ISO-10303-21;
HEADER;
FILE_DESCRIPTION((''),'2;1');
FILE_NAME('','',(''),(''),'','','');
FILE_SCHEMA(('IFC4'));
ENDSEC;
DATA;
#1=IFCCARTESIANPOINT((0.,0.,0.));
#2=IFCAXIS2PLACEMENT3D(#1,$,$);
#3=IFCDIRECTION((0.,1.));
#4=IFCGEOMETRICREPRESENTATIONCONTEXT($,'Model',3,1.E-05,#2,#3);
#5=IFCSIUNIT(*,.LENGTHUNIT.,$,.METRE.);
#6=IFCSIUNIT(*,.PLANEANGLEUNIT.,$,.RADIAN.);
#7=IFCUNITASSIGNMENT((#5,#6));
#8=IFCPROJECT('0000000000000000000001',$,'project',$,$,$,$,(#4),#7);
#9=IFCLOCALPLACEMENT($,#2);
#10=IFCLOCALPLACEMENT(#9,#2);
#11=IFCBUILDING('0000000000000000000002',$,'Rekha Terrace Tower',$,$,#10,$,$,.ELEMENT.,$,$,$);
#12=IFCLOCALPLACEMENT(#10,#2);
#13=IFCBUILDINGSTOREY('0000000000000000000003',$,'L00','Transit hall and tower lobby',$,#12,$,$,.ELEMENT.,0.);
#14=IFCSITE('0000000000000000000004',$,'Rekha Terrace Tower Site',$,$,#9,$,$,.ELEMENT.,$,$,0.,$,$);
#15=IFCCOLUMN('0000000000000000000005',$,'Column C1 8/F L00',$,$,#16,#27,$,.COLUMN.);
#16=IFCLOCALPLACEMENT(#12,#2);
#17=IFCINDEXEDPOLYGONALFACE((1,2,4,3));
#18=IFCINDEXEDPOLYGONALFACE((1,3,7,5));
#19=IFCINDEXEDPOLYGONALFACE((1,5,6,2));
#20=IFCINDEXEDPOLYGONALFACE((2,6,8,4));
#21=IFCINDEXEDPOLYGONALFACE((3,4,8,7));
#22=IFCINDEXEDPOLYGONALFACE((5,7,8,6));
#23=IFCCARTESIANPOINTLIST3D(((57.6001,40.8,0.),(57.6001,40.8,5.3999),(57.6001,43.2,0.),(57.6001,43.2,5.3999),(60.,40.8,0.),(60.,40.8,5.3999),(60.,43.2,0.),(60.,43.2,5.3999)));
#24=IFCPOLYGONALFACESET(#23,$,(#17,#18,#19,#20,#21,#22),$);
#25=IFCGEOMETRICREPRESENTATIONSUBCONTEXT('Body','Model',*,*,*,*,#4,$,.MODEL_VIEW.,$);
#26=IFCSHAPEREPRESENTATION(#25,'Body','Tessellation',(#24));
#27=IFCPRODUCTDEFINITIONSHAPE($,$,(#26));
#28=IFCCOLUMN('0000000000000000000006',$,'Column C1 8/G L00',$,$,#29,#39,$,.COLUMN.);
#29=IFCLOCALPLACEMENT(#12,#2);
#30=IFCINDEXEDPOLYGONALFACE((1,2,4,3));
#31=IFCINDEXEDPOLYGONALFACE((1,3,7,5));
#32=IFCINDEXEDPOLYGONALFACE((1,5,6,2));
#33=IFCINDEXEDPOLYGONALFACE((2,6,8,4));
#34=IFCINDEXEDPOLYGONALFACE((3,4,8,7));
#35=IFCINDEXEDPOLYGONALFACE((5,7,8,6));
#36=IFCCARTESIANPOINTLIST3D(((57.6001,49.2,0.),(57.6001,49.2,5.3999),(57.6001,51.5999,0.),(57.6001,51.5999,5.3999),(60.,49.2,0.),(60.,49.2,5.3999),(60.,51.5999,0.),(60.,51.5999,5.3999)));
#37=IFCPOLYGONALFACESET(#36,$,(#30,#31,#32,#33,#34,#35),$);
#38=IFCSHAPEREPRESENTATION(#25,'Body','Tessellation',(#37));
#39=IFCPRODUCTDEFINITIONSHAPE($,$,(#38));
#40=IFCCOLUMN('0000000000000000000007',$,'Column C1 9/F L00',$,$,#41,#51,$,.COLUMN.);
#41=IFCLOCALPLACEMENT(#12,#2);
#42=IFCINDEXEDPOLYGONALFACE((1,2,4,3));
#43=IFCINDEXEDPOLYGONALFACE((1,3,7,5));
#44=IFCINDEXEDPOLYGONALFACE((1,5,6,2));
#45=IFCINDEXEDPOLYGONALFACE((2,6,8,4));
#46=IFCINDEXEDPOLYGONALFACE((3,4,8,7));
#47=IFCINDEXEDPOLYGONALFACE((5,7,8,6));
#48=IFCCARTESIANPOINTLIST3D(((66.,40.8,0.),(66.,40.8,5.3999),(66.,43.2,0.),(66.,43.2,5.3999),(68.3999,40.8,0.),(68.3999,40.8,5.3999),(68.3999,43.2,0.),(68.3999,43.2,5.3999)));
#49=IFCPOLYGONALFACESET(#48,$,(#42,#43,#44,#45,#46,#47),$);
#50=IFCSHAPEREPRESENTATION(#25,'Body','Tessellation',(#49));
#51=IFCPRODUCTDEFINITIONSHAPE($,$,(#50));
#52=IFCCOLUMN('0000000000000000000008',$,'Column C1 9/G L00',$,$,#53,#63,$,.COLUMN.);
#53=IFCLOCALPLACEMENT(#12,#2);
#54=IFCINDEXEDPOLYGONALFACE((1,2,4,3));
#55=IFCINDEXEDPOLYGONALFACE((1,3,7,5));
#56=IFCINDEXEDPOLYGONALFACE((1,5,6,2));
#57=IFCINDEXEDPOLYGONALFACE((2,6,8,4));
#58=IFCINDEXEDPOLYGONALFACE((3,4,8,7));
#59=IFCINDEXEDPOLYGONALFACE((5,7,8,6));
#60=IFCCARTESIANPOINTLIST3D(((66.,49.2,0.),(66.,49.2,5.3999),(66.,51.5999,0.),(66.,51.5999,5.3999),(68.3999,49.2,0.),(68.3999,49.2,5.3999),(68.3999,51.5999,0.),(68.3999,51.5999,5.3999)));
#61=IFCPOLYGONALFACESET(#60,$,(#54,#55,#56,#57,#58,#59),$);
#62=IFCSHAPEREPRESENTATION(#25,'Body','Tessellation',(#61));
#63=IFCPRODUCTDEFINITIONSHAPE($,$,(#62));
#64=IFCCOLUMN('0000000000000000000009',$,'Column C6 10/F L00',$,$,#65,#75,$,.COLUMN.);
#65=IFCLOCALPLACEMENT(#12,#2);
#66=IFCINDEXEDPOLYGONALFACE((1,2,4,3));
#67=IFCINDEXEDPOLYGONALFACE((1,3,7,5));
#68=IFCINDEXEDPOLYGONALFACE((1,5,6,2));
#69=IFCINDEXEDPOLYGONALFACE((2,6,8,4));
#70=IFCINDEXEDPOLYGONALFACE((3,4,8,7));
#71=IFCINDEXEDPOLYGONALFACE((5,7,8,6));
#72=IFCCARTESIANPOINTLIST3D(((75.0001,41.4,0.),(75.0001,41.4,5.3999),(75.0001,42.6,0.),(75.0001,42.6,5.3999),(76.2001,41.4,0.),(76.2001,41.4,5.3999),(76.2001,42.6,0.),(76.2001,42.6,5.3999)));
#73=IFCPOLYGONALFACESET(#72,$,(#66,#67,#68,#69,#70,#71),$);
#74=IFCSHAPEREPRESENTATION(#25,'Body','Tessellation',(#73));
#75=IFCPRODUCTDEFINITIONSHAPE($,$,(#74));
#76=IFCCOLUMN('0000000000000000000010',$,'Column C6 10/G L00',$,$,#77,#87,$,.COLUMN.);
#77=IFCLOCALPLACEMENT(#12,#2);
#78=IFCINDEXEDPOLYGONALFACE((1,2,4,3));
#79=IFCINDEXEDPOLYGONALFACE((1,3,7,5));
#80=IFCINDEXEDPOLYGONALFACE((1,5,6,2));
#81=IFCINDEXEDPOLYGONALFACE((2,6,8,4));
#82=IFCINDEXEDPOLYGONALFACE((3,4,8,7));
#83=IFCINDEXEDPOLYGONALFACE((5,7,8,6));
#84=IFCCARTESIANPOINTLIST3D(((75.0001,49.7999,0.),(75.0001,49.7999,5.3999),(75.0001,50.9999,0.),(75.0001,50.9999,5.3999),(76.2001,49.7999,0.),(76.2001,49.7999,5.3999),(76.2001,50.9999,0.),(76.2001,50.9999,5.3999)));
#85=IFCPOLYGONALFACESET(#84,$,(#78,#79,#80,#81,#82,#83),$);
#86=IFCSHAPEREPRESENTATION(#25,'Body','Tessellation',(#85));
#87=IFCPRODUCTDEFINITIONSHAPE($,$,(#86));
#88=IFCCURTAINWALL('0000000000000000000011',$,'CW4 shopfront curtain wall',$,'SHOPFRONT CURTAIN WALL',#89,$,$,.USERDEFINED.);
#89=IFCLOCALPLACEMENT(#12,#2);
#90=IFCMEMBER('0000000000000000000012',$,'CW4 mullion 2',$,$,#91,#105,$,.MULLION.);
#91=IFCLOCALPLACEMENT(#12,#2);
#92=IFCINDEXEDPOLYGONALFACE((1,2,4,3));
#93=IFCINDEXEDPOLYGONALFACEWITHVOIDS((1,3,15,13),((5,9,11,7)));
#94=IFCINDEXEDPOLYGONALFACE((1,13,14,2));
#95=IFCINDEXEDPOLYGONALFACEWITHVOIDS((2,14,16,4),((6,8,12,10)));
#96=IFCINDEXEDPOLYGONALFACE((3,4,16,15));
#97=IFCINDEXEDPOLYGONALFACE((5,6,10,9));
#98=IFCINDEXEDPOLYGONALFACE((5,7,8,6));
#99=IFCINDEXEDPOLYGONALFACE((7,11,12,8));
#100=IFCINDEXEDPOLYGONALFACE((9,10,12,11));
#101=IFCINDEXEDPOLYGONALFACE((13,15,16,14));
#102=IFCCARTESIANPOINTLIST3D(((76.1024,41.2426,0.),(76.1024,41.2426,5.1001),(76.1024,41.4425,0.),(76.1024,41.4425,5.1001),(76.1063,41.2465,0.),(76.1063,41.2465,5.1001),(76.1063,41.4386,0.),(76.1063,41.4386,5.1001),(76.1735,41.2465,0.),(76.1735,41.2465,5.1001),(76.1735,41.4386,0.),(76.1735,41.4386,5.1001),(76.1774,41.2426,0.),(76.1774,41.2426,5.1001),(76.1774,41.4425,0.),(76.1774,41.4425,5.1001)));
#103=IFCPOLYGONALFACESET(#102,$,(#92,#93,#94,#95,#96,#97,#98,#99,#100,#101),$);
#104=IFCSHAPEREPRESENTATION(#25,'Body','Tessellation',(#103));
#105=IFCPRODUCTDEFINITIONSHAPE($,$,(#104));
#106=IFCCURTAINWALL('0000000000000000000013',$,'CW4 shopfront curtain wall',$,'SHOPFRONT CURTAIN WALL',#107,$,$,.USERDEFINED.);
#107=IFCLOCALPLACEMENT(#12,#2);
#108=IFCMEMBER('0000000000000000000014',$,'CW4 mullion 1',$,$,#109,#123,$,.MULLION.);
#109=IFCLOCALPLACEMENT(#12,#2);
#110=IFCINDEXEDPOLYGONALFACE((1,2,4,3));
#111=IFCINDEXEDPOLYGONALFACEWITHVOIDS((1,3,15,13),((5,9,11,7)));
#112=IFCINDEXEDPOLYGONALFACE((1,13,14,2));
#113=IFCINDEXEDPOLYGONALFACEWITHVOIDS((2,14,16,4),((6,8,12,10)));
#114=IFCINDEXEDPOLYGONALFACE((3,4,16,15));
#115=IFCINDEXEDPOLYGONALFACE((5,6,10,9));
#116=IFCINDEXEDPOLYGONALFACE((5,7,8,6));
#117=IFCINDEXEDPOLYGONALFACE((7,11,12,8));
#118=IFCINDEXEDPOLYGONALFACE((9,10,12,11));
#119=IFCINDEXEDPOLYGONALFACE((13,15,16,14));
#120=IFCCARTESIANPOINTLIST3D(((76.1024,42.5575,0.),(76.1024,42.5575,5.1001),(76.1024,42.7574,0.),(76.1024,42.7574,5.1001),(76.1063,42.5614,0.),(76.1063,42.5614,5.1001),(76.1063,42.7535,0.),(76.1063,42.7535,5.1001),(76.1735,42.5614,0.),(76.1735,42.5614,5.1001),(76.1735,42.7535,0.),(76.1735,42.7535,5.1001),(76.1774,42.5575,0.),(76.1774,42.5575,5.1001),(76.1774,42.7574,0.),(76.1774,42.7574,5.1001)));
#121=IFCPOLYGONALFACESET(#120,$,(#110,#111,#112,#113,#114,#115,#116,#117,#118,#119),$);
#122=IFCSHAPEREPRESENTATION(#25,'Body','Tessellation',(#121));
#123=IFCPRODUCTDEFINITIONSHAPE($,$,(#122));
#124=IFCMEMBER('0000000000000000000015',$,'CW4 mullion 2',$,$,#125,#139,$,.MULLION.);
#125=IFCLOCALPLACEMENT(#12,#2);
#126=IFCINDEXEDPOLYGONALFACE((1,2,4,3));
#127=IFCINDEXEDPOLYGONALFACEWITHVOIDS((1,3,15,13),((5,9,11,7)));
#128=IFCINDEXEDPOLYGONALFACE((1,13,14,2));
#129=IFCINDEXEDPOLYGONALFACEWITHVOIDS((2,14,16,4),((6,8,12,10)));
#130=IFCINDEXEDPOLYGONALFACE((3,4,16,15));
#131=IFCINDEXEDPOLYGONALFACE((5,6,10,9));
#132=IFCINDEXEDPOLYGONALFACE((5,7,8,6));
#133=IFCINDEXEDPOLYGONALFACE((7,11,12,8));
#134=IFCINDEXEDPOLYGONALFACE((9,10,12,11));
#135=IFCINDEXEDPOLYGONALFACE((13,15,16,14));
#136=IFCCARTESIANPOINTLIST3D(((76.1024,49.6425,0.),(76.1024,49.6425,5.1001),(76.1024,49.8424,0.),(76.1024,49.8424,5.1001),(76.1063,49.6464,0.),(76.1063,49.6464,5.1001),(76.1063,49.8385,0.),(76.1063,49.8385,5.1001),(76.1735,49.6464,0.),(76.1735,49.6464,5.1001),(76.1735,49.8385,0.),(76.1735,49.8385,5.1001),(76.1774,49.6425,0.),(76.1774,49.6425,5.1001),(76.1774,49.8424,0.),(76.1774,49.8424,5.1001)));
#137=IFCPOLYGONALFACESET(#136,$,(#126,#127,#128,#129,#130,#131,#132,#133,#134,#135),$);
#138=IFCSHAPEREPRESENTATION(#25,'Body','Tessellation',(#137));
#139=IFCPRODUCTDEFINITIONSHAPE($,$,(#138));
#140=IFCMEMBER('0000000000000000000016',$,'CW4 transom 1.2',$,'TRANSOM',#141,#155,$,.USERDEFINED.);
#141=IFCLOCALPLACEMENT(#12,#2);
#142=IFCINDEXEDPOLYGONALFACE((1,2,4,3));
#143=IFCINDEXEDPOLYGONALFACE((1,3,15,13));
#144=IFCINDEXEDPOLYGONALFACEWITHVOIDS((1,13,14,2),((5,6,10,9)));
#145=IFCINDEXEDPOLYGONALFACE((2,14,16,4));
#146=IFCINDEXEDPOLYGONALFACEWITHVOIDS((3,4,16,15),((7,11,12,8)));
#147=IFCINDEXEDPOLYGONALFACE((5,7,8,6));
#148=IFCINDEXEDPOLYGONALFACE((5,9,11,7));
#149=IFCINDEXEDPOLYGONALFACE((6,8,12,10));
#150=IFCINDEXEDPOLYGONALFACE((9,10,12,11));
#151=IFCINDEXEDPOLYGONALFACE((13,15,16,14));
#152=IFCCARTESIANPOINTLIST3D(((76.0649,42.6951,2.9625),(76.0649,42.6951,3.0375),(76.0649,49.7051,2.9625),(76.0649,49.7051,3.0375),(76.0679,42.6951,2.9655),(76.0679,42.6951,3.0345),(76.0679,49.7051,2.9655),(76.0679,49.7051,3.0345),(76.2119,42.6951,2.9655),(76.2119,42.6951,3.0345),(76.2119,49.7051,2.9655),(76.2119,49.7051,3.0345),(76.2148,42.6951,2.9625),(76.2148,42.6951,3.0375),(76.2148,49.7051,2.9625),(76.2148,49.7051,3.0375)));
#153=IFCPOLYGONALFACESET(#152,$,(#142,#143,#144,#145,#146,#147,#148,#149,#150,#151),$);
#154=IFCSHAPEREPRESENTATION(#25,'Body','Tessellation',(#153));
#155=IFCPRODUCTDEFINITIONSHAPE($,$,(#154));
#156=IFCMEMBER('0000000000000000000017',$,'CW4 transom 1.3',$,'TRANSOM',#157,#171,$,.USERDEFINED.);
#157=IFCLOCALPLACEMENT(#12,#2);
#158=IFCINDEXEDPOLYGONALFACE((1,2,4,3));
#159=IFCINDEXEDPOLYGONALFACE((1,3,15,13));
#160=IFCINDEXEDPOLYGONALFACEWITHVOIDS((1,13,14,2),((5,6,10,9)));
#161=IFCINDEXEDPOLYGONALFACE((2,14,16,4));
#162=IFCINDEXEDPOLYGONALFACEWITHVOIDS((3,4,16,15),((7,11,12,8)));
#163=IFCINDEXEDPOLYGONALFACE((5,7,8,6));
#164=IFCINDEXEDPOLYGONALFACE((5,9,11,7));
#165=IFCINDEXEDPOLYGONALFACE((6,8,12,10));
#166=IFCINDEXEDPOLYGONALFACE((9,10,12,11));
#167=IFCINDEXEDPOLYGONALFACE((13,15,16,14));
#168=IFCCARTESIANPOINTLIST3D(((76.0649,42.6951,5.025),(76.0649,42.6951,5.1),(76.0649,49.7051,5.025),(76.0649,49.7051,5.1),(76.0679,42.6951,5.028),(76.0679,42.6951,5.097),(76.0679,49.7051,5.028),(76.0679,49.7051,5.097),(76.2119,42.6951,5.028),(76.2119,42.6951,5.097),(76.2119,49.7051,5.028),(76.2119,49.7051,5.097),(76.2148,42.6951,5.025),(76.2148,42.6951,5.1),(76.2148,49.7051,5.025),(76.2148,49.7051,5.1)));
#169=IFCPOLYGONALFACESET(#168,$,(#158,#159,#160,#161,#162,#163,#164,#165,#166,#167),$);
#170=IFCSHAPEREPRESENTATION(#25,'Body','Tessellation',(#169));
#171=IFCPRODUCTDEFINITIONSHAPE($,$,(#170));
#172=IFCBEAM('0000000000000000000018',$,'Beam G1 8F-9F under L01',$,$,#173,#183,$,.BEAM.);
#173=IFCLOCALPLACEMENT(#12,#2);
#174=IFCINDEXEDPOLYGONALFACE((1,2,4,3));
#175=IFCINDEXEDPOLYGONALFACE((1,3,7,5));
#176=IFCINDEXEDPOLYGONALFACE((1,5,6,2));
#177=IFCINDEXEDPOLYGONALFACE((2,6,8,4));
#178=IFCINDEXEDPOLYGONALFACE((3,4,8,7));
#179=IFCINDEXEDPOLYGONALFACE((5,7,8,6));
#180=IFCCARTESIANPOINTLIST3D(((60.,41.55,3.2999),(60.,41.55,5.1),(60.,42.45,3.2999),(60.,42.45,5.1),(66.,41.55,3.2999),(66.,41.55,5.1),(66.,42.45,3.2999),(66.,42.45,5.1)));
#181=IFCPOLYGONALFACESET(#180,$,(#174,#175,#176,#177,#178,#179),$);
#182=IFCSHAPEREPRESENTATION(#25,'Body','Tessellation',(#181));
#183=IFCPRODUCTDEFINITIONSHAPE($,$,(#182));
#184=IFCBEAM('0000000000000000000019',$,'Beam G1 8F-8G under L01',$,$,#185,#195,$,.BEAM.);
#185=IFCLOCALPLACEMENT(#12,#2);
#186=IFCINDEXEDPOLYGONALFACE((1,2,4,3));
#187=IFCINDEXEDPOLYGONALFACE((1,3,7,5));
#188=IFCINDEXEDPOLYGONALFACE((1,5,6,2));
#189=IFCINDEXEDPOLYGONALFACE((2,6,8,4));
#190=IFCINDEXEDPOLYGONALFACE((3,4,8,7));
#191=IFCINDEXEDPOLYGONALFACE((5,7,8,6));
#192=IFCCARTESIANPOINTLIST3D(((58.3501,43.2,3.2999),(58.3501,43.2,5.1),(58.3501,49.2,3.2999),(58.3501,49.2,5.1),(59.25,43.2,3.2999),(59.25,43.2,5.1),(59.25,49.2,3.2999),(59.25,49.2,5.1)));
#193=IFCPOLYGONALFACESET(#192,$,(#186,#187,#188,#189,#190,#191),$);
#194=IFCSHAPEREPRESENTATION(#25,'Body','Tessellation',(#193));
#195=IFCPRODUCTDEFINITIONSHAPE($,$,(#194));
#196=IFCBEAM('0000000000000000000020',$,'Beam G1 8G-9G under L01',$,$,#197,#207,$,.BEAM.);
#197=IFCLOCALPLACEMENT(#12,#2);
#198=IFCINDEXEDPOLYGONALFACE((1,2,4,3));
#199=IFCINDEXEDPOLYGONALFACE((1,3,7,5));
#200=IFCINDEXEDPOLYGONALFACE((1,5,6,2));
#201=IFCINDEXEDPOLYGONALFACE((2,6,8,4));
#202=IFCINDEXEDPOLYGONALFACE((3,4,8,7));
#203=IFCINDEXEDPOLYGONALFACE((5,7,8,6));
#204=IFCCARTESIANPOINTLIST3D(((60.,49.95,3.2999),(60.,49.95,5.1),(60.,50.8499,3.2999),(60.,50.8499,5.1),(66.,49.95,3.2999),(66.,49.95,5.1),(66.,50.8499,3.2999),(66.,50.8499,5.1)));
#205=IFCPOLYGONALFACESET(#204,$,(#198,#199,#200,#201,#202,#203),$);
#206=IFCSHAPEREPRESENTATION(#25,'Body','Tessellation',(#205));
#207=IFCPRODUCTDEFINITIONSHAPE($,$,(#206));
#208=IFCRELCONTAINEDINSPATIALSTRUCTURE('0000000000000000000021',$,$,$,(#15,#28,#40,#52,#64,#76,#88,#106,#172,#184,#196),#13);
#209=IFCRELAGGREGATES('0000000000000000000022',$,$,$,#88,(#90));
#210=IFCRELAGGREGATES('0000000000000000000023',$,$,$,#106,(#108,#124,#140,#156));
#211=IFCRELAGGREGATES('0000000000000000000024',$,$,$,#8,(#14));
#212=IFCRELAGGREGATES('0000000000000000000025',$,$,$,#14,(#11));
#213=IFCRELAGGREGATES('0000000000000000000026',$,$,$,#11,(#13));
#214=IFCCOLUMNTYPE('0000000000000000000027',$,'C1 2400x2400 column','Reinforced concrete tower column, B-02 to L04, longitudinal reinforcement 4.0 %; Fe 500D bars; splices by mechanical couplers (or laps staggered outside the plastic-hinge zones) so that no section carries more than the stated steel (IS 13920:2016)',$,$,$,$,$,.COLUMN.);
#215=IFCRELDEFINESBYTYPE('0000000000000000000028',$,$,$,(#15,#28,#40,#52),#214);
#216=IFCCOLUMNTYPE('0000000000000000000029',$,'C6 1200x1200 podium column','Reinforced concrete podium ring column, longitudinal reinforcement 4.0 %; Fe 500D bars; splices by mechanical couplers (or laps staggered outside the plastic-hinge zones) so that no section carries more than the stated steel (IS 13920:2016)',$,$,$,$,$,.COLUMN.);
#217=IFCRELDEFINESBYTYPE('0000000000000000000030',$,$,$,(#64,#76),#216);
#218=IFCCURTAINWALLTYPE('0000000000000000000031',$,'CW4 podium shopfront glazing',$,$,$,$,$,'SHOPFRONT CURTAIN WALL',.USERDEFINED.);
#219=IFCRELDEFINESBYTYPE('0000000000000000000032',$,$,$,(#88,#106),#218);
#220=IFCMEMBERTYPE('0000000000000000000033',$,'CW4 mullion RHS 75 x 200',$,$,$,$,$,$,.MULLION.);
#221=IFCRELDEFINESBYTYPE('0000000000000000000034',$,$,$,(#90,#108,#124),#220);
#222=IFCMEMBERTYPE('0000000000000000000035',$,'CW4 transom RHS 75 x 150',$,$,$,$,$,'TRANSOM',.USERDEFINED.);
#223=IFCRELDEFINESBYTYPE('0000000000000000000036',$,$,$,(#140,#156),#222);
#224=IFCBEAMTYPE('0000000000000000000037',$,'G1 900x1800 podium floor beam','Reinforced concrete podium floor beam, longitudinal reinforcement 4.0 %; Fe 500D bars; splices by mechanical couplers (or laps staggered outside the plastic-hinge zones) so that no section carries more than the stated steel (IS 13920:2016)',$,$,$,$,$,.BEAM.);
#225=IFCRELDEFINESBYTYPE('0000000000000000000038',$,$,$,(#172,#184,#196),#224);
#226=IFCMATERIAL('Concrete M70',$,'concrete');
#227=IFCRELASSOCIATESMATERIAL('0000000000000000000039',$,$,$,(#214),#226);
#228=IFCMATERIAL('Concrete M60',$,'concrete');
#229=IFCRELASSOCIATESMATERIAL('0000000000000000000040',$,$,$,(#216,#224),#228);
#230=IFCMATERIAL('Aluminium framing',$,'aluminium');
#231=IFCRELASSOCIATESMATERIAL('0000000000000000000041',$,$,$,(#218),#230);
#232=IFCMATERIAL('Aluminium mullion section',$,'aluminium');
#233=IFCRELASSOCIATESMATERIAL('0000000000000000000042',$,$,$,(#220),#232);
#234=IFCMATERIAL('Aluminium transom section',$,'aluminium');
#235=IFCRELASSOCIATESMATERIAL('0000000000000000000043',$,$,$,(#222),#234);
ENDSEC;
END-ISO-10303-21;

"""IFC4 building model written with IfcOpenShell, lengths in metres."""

from ifc_helpers import new_model, si_unit, direction, frame, origin, origin_2d, place, context, subcontext, project, spatial, rectangle, hollow_rectangle, extrude, material, material_profile, profile_set, type_object, element, aggregate, save


model = new_model("IFC4")

# Units and contexts
model_context = context("Model", 3, precision=1e-05, world=origin(), true_north=direction((0.0, 1.0)))
body_context = subcontext(model_context, "Body", "Model", "MODEL_VIEW")
ifc_project = project(units=[si_unit("LENGTHUNIT", "METRE"), si_unit("PLANEANGLEUNIT", "RADIAN")], contexts=[model_context])

# Site, building, storey
site_placement = place(None, origin())
site = spatial("IfcSite", under=ifc_project, at=site_placement, Name="Rekha Terrace Tower Site", CompositionType="ELEMENT", RefElevation=0.0)
building_placement = place(site_placement, origin())
building = spatial("IfcBuilding", under=site, at=building_placement, Name="Rekha Terrace Tower", CompositionType="ELEMENT")
storey_placement = place(building_placement, origin())
storey = spatial("IfcBuildingStorey", under=building, at=storey_placement, Name="L00", Description="Transit hall and tower lobby", CompositionType="ELEMENT", Elevation=0.0)

# Columns
ifc_material_1 = material(Name="Concrete M70", Category="concrete")
ifc_material_profile_1 = material_profile(ifc_material_1, rectangle(XDim=2.3999, YDim=2.3999, at=origin_2d()), Name="RC 2400x2400")
ifc_profile_set_1 = profile_set([ifc_material_profile_1], Name="Concrete M70")
column_type_1 = type_object("IfcColumnType", Name="C1 2400x2400 column", Description="Reinforced concrete tower column, B-02 to L04, longitudinal reinforcement 4.0 %; Fe 500D bars; splices by mechanical couplers (or laps staggered outside the plastic-hinge zones) so that no section carries more than the stated steel (IS 13920:2016)", PredefinedType="COLUMN", material=ifc_profile_set_1)
for number, where, z_axis, x_axis, name in (
    (1, (58.8, 42.0, 0.0), (0.0, 0.0, 1.0), (1.0, 0.0, 0.0), "Column C1 8/F L00"),
    (2, (58.8, 50.3999, 0.0), (0.0, 0.0, 1.0), (1.0, 0.0, 0.0), "Column C1 8/G L00"),
    (3, (67.2, 42.0, 0.0), (0.0, 0.0, 1.0), (1.0, 0.0, 0.0), "Column C1 9/F L00"),
    (4, (67.2, 50.3999, 0.0), (0.0, 0.0, 1.0), (1.0, 0.0, 0.0), "Column C1 9/G L00"),
):
    element("IfcColumn", number, at=place(storey_placement, frame(where, z_axis=z_axis, x_axis=x_axis)), inside=storey, type_object=column_type_1, Name=name, PredefinedType="COLUMN", context=body_context, shape_type="SweptSolid", body=[
        extrude(rectangle(XDim=2.3999, YDim=2.3999, at=origin_2d()), origin(), (0.0, 0.0, 1.0), 5.3999),
    ])
ifc_material_2 = material(Name="Concrete M60", Category="concrete")
ifc_material_profile_2 = material_profile(ifc_material_2, rectangle(XDim=1.2, YDim=1.2, at=origin_2d()), Name="RC 1200x1200")
ifc_profile_set_2 = profile_set([ifc_material_profile_2], Name="Concrete M60")
column_type_2 = type_object("IfcColumnType", Name="C6 1200x1200 podium column", Description="Reinforced concrete podium ring column, longitudinal reinforcement 4.0 %; Fe 500D bars; splices by mechanical couplers (or laps staggered outside the plastic-hinge zones) so that no section carries more than the stated steel (IS 13920:2016)", PredefinedType="COLUMN", material=ifc_profile_set_2)
for number, where, z_axis, x_axis, name in (
    (5, (75.6001, 42.0, 0.0), (0.0, 0.0, 1.0), (1.0, 0.0, 0.0), "Column C6 10/F L00"),
    (6, (75.6001, 50.3999, 0.0), (0.0, 0.0, 1.0), (1.0, 0.0, 0.0), "Column C6 10/G L00"),
):
    element("IfcColumn", number, at=place(storey_placement, frame(where, z_axis=z_axis, x_axis=x_axis)), inside=storey, type_object=column_type_2, Name=name, PredefinedType="COLUMN", context=body_context, shape_type="SweptSolid", body=[
        extrude(rectangle(XDim=1.2, YDim=1.2, at=origin_2d()), origin(), (0.0, 0.0, 1.0), 5.3999),
    ])

# Curtain wall, member
ifc_material_3 = material(Name="Aluminium framing", Category="aluminium")
curtain_wall_type = type_object("IfcCurtainWallType", Name="CW4 podium shopfront glazing", ElementType="SHOPFRONT CURTAIN WALL", PredefinedType="USERDEFINED", material=ifc_material_3)
curtain_wall_1_placement = place(storey_placement, origin())
curtain_wall_1 = element("IfcCurtainWall", 7, at=curtain_wall_1_placement, inside=storey, type_object=curtain_wall_type, Name="CW4 shopfront curtain wall", ObjectType="SHOPFRONT CURTAIN WALL", PredefinedType="USERDEFINED")
ifc_material_4 = material(Name="Aluminium mullion section", Category="aluminium")
ifc_material_profile_3 = material_profile(ifc_material_4, hollow_rectangle(XDim=0.075, YDim=0.2, WallThickness=0.0039, at=origin_2d()), Name="AL RHS 75x200")
ifc_profile_set_3 = profile_set([ifc_material_profile_3], Name="Aluminium mullion section")
member_type_1 = type_object("IfcMemberType", Name="CW4 mullion RHS 75 x 200", PredefinedType="MULLION", material=ifc_profile_set_3)
member_1_placement = place(storey_placement, frame((76.1399, 41.3425, 0.0), z_axis=(0.0, 0.0, 1.0), x_axis=(-1.0, 0.0, 0.0)))
member_1 = element("IfcMember", 8, at=member_1_placement, type_object=member_type_1, Name="CW4 mullion 2", PredefinedType="MULLION", context=body_context, shape_type="SweptSolid", body=[
    extrude(hollow_rectangle(XDim=0.075, YDim=0.2, WallThickness=0.0039, at=origin_2d()), origin(), (0.0, 0.0, 1.0), 5.1001),
])
aggregate(curtain_wall_1, [member_1])

# Curtain wall, members
curtain_wall_2_placement = place(storey_placement, origin())
curtain_wall_2 = element("IfcCurtainWall", 9, at=curtain_wall_2_placement, inside=storey, type_object=curtain_wall_type, Name="CW4 shopfront curtain wall", ObjectType="SHOPFRONT CURTAIN WALL", PredefinedType="USERDEFINED")
member_2_placement = place(storey_placement, frame((76.1399, 42.6575, 0.0), z_axis=(0.0, 0.0, 1.0), x_axis=(-1.0, 0.0, 0.0)))
member_2 = element("IfcMember", 10, at=member_2_placement, type_object=member_type_1, Name="CW4 mullion 1", PredefinedType="MULLION", context=body_context, shape_type="SweptSolid", body=[
    extrude(hollow_rectangle(XDim=0.075, YDim=0.2, WallThickness=0.0039, at=origin_2d()), origin(), (0.0, 0.0, 1.0), 5.1001),
])
member_3_placement = place(storey_placement, frame((76.1399, 49.7424, 0.0), z_axis=(0.0, 0.0, 1.0), x_axis=(-1.0, 0.0, 0.0)))
member_3 = element("IfcMember", 11, at=member_3_placement, type_object=member_type_1, Name="CW4 mullion 2", PredefinedType="MULLION", context=body_context, shape_type="SweptSolid", body=[
    extrude(hollow_rectangle(XDim=0.075, YDim=0.2, WallThickness=0.0039, at=origin_2d()), origin(), (0.0, 0.0, 1.0), 5.1001),
])
ifc_material_5 = material(Name="Aluminium transom section", Category="aluminium")
ifc_material_profile_4 = material_profile(ifc_material_5, hollow_rectangle(XDim=0.1499, YDim=0.075, WallThickness=0.0029, at=origin_2d()), Name="AL RHS 150x75")
ifc_profile_set_4 = profile_set([ifc_material_profile_4], Name="Aluminium transom section")
member_type_2 = type_object("IfcMemberType", Name="CW4 transom RHS 75 x 150", ElementType="TRANSOM", PredefinedType="USERDEFINED", material=ifc_profile_set_4)
member_4_placement = place(storey_placement, frame((76.1399, 42.6951, 3.0), z_axis=(0.0, 1.0, 0.0), x_axis=(-1.0, 0.0, 0.0)))
member_4 = element("IfcMember", 12, at=member_4_placement, type_object=member_type_2, Name="CW4 transom 1.2", ObjectType="TRANSOM", PredefinedType="USERDEFINED", context=body_context, shape_type="SweptSolid", body=[
    extrude(hollow_rectangle(XDim=0.1499, YDim=0.075, WallThickness=0.0029, at=origin_2d()), origin(), (0.0, 0.0, 1.0), 7.01),
])
member_5_placement = place(storey_placement, frame((76.1399, 42.6951, 5.0625), z_axis=(0.0, 1.0, 0.0), x_axis=(-1.0, 0.0, 0.0)))
member_5 = element("IfcMember", 13, at=member_5_placement, type_object=member_type_2, Name="CW4 transom 1.3", ObjectType="TRANSOM", PredefinedType="USERDEFINED", context=body_context, shape_type="SweptSolid", body=[
    extrude(hollow_rectangle(XDim=0.1499, YDim=0.075, WallThickness=0.0029, at=origin_2d()), origin(), (0.0, 0.0, 1.0), 7.01),
])

# Beams
ifc_material_profile_5 = material_profile(ifc_material_2, rectangle(XDim=0.8999, YDim=1.8, at=origin_2d()), Name="RC 900x1800")
ifc_profile_set_5 = profile_set([ifc_material_profile_5], Name="Concrete M60")
beam_type = type_object("IfcBeamType", Name="G1 900x1800 podium floor beam", Description="Reinforced concrete podium floor beam, longitudinal reinforcement 4.0 %; Fe 500D bars; splices by mechanical couplers (or laps staggered outside the plastic-hinge zones) so that no section carries more than the stated steel (IS 13920:2016)", PredefinedType="BEAM", material=ifc_profile_set_5)
for number, where, z_axis, x_axis, name in (
    (14, (60.0, 42.0, 4.2), (1.0, 0.0, 0.0), (0.0, 1.0, 0.0), "Beam G1 8F-9F under L01"),
    (15, (58.8, 43.2, 4.2), (0.0, 1.0, 0.0), (-1.0, 0.0, 0.0), "Beam G1 8F-8G under L01"),
    (16, (60.0, 50.3999, 4.2), (1.0, 0.0, 0.0), (0.0, 1.0, 0.0), "Beam G1 8G-9G under L01"),
):
    element("IfcBeam", number, at=place(storey_placement, frame(where, z_axis=z_axis, x_axis=x_axis)), inside=storey, type_object=beam_type, Name=name, PredefinedType="BEAM", context=body_context, shape_type="SweptSolid", body=[
        extrude(rectangle(XDim=0.8999, YDim=1.8, at=origin_2d()), origin(), (0.0, 0.0, 1.0), 6.0),
    ])

aggregate(curtain_wall_2, [member_2, member_3, member_4, member_5])

save(model, "model.ifc")
